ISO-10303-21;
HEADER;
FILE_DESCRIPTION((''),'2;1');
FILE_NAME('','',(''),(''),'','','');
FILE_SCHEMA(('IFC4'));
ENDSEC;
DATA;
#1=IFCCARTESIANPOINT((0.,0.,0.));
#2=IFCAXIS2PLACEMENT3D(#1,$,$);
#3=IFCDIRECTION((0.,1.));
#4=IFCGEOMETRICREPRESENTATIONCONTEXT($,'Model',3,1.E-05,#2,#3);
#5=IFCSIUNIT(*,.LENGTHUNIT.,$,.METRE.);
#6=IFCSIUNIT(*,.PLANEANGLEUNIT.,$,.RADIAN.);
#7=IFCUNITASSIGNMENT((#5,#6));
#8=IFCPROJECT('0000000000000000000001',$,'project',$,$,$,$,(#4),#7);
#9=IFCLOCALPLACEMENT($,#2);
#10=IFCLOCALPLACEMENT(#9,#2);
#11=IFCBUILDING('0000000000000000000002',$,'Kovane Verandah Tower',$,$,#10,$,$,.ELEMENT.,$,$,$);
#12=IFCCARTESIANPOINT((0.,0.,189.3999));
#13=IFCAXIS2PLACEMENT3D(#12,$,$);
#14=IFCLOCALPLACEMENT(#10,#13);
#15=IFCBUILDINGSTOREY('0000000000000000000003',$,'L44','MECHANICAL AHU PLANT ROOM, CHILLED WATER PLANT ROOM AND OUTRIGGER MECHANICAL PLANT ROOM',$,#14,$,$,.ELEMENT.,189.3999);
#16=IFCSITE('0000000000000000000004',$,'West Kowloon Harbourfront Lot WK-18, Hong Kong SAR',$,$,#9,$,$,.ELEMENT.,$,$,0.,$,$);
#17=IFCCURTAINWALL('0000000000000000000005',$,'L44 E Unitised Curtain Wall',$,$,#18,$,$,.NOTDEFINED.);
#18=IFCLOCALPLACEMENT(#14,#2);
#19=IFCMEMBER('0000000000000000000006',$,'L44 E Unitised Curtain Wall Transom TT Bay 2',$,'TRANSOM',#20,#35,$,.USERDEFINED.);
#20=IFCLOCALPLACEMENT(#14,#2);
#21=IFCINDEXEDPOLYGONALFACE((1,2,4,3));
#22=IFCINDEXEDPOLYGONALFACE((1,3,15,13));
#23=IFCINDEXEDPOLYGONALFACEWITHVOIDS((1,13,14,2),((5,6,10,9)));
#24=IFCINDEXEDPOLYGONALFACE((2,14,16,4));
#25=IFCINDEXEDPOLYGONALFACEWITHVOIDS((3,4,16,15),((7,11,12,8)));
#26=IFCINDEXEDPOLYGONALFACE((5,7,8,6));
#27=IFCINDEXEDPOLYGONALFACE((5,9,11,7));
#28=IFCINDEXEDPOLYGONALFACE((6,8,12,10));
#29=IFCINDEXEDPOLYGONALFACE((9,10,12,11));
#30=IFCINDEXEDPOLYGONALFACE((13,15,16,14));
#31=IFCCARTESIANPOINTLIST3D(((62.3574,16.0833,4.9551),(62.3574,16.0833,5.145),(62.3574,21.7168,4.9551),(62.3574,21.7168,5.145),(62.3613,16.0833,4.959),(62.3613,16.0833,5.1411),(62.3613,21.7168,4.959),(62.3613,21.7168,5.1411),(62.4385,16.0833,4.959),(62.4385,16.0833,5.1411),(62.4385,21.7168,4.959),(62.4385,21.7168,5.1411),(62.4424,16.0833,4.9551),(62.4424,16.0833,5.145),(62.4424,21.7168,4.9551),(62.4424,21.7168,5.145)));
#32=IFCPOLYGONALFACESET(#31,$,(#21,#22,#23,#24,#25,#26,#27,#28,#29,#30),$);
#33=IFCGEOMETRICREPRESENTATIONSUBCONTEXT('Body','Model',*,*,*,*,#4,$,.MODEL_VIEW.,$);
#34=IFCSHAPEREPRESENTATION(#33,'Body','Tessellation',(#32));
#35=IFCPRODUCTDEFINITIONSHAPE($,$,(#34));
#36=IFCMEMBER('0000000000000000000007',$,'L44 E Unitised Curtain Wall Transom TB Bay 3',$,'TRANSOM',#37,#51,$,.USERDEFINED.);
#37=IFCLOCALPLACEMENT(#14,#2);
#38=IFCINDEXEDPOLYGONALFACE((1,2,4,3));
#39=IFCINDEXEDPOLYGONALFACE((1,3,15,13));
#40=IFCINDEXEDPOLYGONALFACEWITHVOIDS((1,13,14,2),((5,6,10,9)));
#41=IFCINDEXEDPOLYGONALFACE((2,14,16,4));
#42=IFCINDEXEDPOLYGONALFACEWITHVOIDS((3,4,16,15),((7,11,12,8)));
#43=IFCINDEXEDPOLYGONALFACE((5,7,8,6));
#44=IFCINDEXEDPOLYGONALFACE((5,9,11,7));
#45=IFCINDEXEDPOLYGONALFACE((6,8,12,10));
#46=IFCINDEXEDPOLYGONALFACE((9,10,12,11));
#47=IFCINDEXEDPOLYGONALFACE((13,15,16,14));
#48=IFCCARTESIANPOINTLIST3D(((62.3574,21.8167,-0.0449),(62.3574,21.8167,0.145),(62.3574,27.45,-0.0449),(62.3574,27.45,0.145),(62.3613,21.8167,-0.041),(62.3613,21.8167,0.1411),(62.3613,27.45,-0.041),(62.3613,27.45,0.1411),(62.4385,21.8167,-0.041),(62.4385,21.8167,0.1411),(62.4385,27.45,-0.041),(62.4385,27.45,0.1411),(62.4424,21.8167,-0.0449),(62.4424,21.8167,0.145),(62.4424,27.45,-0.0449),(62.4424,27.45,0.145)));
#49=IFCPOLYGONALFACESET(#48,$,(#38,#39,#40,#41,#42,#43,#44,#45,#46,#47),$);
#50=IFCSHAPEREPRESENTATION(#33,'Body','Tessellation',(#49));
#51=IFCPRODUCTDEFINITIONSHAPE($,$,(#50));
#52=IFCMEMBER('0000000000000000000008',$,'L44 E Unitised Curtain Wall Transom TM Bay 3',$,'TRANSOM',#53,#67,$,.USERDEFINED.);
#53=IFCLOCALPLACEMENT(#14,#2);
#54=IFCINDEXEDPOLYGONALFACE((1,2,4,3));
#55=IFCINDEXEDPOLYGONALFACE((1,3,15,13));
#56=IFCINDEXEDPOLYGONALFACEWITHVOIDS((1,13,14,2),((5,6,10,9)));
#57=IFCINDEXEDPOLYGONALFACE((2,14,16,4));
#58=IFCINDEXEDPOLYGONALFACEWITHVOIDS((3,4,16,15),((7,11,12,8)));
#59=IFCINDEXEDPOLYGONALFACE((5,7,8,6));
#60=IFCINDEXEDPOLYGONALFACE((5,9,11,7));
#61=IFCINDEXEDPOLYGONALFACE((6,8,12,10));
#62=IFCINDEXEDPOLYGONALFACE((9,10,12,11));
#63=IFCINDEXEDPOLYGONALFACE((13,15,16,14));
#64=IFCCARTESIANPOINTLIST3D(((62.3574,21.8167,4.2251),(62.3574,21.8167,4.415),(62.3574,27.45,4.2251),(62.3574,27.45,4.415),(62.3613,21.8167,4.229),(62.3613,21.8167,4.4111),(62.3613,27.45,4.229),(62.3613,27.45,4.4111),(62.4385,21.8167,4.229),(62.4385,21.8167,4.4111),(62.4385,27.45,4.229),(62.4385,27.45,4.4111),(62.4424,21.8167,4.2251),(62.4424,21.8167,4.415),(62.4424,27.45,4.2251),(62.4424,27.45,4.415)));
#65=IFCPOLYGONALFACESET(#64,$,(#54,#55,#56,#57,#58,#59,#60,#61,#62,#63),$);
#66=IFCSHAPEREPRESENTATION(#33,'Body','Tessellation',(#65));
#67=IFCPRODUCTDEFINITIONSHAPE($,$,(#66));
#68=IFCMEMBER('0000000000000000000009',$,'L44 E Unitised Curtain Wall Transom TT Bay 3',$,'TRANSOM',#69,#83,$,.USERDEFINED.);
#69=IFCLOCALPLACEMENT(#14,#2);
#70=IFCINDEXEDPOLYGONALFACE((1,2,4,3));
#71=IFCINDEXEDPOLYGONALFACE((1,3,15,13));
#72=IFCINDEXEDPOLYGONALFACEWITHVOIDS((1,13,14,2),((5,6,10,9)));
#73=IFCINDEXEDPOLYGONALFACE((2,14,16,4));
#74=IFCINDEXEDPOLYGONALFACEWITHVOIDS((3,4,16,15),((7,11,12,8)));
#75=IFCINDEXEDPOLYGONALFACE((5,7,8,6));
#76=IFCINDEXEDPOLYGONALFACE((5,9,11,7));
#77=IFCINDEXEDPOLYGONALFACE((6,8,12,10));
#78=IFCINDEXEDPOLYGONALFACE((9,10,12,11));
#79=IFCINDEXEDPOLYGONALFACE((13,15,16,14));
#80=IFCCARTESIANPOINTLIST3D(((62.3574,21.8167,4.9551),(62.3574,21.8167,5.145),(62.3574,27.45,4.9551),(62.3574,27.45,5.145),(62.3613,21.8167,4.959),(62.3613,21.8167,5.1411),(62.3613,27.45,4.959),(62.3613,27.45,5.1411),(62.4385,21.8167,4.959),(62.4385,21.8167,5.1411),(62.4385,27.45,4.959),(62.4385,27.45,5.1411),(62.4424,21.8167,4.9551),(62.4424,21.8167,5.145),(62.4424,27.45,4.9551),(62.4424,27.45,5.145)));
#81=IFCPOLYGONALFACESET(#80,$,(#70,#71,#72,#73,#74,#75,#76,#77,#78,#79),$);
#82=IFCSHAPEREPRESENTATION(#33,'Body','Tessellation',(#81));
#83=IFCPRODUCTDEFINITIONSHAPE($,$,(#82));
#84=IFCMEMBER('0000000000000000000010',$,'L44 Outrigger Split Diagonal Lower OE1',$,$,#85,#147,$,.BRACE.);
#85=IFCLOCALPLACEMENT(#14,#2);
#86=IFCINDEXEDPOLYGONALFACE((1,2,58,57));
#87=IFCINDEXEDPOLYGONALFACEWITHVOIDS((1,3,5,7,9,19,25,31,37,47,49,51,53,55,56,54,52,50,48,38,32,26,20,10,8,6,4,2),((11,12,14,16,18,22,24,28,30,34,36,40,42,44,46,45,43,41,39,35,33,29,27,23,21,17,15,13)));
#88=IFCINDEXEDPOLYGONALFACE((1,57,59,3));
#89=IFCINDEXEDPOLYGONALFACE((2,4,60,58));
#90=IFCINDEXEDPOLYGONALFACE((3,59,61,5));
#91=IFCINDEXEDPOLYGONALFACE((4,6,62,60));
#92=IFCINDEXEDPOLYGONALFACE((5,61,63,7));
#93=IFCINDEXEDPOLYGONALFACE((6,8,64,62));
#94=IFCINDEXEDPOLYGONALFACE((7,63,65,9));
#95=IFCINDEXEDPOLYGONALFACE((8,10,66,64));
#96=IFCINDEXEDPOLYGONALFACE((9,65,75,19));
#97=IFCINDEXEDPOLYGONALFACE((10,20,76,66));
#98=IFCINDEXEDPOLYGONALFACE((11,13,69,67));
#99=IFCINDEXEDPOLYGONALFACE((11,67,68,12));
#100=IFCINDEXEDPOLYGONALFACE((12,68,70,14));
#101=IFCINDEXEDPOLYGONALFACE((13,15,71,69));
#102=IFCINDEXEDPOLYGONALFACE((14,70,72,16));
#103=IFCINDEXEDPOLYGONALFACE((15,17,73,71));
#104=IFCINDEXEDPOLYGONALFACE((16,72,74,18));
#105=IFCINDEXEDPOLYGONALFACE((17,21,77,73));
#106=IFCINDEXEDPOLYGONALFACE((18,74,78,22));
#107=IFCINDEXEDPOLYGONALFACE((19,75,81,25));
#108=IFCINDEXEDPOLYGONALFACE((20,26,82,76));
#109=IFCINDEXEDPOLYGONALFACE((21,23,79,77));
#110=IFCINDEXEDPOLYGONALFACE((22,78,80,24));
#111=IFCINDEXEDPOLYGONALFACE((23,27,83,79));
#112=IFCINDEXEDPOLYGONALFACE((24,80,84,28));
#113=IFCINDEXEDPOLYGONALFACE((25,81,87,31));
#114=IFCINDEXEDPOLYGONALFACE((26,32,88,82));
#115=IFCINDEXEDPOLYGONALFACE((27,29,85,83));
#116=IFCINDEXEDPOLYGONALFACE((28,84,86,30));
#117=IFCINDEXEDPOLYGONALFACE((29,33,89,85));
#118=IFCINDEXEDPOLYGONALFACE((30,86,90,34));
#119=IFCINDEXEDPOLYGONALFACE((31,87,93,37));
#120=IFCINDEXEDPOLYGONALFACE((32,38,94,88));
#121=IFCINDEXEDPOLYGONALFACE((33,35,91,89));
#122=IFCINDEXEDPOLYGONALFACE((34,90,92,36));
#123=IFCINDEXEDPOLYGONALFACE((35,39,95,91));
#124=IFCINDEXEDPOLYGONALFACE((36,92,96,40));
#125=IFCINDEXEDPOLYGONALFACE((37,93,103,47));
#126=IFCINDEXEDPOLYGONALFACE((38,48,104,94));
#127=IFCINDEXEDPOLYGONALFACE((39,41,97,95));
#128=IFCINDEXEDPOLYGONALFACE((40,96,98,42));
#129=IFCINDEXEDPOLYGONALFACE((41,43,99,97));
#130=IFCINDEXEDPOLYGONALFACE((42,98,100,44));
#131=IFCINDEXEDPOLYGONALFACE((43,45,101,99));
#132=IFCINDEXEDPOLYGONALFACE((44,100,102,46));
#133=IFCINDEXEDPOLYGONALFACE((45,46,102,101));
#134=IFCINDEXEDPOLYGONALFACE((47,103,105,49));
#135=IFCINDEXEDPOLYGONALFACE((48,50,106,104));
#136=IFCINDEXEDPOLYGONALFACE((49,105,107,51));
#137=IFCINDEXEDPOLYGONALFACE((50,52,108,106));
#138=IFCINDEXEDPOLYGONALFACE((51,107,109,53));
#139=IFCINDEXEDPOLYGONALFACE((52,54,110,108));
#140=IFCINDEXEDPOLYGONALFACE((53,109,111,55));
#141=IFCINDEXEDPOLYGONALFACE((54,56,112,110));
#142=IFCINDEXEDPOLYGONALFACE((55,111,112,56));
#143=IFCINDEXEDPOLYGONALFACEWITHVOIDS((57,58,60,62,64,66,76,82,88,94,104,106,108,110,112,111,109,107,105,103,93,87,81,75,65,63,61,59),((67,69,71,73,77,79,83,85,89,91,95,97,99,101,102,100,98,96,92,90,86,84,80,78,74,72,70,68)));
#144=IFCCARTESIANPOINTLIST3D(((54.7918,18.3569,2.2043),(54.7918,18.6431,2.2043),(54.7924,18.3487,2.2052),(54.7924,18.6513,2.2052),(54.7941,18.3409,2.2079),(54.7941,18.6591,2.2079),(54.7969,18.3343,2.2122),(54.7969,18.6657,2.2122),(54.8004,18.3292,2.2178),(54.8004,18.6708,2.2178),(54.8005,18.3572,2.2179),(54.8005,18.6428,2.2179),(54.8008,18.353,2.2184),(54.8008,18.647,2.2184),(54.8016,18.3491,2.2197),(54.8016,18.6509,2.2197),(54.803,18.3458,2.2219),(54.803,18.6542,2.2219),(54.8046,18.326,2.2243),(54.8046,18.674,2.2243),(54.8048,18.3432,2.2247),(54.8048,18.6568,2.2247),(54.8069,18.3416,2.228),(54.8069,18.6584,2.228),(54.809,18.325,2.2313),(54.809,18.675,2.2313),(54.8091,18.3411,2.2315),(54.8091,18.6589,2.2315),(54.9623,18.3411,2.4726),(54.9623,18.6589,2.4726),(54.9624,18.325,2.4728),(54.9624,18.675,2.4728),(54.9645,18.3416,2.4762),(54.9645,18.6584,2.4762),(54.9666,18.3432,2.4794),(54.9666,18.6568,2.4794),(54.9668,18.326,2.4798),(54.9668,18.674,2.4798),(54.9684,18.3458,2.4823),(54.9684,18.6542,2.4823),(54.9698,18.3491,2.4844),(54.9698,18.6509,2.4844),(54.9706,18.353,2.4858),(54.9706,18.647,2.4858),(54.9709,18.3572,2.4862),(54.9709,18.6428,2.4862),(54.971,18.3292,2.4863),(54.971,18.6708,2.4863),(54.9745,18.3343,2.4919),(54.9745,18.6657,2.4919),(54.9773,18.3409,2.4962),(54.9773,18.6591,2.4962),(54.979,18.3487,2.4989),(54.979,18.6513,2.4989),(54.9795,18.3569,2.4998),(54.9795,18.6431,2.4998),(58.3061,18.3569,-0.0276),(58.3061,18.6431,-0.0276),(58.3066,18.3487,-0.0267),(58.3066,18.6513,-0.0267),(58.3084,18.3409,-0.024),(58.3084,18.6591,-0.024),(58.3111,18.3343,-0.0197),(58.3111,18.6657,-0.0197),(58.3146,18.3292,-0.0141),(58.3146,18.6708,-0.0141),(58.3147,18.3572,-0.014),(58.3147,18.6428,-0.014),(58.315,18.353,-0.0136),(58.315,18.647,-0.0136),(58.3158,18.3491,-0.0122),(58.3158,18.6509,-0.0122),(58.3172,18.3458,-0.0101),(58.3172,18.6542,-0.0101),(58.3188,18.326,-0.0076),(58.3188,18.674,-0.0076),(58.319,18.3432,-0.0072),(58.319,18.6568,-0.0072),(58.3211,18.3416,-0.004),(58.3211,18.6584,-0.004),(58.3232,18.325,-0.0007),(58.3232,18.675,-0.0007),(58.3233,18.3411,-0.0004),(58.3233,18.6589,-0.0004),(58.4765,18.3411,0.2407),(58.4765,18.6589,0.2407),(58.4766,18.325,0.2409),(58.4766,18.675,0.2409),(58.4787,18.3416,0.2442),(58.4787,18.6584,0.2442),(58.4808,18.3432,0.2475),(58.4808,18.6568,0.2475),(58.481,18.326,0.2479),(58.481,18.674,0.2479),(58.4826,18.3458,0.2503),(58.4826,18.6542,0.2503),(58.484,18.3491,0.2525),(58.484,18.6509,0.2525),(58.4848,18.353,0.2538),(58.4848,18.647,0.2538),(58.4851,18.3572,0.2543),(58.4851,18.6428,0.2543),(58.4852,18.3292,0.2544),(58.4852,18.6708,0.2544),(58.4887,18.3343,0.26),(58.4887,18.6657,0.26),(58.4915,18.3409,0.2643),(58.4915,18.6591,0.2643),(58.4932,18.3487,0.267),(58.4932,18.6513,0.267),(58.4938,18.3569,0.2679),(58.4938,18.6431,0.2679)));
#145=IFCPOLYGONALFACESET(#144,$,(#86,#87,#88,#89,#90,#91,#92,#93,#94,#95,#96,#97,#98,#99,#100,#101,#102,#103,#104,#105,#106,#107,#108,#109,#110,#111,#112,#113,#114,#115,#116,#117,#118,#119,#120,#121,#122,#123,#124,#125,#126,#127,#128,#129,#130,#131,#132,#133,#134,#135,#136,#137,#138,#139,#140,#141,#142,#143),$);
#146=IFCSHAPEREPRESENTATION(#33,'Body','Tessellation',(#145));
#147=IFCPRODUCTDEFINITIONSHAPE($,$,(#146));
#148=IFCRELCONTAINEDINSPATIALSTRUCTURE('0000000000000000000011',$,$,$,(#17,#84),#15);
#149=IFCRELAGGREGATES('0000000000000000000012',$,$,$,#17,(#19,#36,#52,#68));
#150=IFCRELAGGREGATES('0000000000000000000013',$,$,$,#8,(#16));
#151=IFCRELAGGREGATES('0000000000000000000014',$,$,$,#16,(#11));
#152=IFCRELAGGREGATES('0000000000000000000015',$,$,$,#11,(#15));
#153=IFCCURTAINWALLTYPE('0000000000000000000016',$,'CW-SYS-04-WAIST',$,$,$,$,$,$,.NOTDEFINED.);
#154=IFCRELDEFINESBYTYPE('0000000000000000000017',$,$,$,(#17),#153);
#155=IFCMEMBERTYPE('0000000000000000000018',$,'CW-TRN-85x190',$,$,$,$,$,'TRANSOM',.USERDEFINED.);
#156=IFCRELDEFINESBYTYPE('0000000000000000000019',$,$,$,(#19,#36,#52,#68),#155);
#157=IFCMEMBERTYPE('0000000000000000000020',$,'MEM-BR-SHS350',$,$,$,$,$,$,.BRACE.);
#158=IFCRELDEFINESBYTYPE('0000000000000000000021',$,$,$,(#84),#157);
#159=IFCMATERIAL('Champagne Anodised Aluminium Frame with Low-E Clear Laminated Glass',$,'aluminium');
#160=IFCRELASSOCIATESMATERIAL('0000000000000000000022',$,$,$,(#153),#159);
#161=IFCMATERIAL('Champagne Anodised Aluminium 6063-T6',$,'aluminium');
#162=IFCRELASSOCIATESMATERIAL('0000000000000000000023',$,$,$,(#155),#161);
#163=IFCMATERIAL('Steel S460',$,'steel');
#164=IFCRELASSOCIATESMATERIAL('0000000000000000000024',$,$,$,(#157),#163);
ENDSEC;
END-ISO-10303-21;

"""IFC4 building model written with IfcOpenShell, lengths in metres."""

from ifc_helpers import new_model, si_unit, direction, frame, origin, origin_2d, place, context, subcontext, project, spatial, hollow_rectangle, extrude, material, material_profile, profile_set, type_object, element, aggregate, save


model = new_model("IFC4")

# Units and contexts
model_context = context("Model", 3, precision=1e-05, world=origin(), true_north=direction((0.0, 1.0)))
body_context = subcontext(model_context, "Body", "Model", "MODEL_VIEW")
ifc_project = project(units=[si_unit("LENGTHUNIT", "METRE"), si_unit("PLANEANGLEUNIT", "RADIAN")], contexts=[model_context])

# Site, building, storey
site_placement = place(None, origin())
site = spatial("IfcSite", under=ifc_project, at=site_placement, Name="West Kowloon Harbourfront Lot WK-18, Hong Kong SAR", CompositionType="ELEMENT", RefElevation=0.0)
building_placement = place(site_placement, origin())
building = spatial("IfcBuilding", under=site, at=building_placement, Name="Kovane Verandah Tower", CompositionType="ELEMENT")
storey_placement = place(building_placement, frame((0.0, 0.0, 189.3999)))
storey = spatial("IfcBuildingStorey", under=building, at=storey_placement, Name="L44", Description="MECHANICAL AHU PLANT ROOM, CHILLED WATER PLANT ROOM AND OUTRIGGER MECHANICAL PLANT ROOM", CompositionType="ELEMENT", Elevation=189.3999)

# Shared definitions
ifc_material_1 = material(Name="Steel S460", Category="steel")

# Curtain wall, members
ifc_material_2 = material(Name="Champagne Anodised Aluminium Frame with Low-E Clear Laminated Glass", Category="aluminium")
curtain_wall_type = type_object("IfcCurtainWallType", Name="CW-SYS-04-WAIST", PredefinedType="NOTDEFINED", material=ifc_material_2)
curtain_wall_placement = place(storey_placement, origin())
curtain_wall = element("IfcCurtainWall", 1, at=curtain_wall_placement, inside=storey, type_object=curtain_wall_type, Name="L44 E Unitised Curtain Wall", PredefinedType="NOTDEFINED")
ifc_material_3 = material(Name="Champagne Anodised Aluminium 6063-T6", Category="aluminium")
ifc_material_profile_1 = material_profile(ifc_material_3, hollow_rectangle(XDim=0.085, YDim=0.1899, WallThickness=0.0039, at=origin_2d()), Name="AL85x190x4")
ifc_profile_set_1 = profile_set([ifc_material_profile_1], Name="Champagne Anodised Aluminium 6063-T6")
member_type_1 = type_object("IfcMemberType", Name="CW-TRN-85x190", ElementType="TRANSOM", PredefinedType="USERDEFINED", material=ifc_profile_set_1)
member_1_placement = place(storey_placement, frame((62.3999, 16.0833, 5.05), z_axis=(0.0, 1.0, 0.0), x_axis=(-1.0, 0.0, 0.0)))
member_1 = element("IfcMember", 2, at=member_1_placement, type_object=member_type_1, Name="L44 E Unitised Curtain Wall Transom TT Bay 2", ObjectType="TRANSOM", PredefinedType="USERDEFINED", context=body_context, shape_type="SweptSolid", body=[
    extrude(hollow_rectangle(XDim=0.085, YDim=0.1899, WallThickness=0.0039, at=origin_2d()), origin(), (0.0, 0.0, 1.0), 5.6335),
])
member_2_placement = place(storey_placement, frame((62.3999, 21.8167, 0.05), z_axis=(0.0, 1.0, 0.0), x_axis=(-1.0, 0.0, 0.0)))
member_2 = element("IfcMember", 3, at=member_2_placement, type_object=member_type_1, Name="L44 E Unitised Curtain Wall Transom TB Bay 3", ObjectType="TRANSOM", PredefinedType="USERDEFINED", context=body_context, shape_type="SweptSolid", body=[
    extrude(hollow_rectangle(XDim=0.085, YDim=0.1899, WallThickness=0.0039, at=origin_2d()), origin(), (0.0, 0.0, 1.0), 5.6333),
])
member_3_placement = place(storey_placement, frame((62.3999, 21.8167, 4.3201), z_axis=(0.0, 1.0, 0.0), x_axis=(-1.0, 0.0, 0.0)))
member_3 = element("IfcMember", 4, at=member_3_placement, type_object=member_type_1, Name="L44 E Unitised Curtain Wall Transom TM Bay 3", ObjectType="TRANSOM", PredefinedType="USERDEFINED", context=body_context, shape_type="SweptSolid", body=[
    extrude(hollow_rectangle(XDim=0.085, YDim=0.1899, WallThickness=0.0039, at=origin_2d()), origin(), (0.0, 0.0, 1.0), 5.6333),
])
member_4_placement = place(storey_placement, frame((62.3999, 21.8167, 5.05), z_axis=(0.0, 1.0, 0.0), x_axis=(-1.0, 0.0, 0.0)))
member_4 = element("IfcMember", 5, at=member_4_placement, type_object=member_type_1, Name="L44 E Unitised Curtain Wall Transom TT Bay 3", ObjectType="TRANSOM", PredefinedType="USERDEFINED", context=body_context, shape_type="SweptSolid", body=[
    extrude(hollow_rectangle(XDim=0.085, YDim=0.1899, WallThickness=0.0039, at=origin_2d()), origin(), (0.0, 0.0, 1.0), 5.6333),
])

# Member
ifc_material_profile_2 = material_profile(ifc_material_1, hollow_rectangle(XDim=0.3501, YDim=0.3501, WallThickness=0.0161, InnerFilletRadius=0.0161, OuterFilletRadius=0.032, at=origin_2d()), Name="SHS350x350x16")
ifc_profile_set_2 = profile_set([ifc_material_profile_2], Name="Steel S460")
member_type_2 = type_object("IfcMemberType", Name="MEM-BR-SHS350", PredefinedType="BRACE", material=ifc_profile_set_2)
member_5_placement = place(storey_placement, frame((58.3999, 18.5, 0.1201), z_axis=(-0.844134, 0.0, 0.536132), x_axis=(0.0, -1.0, 0.0)))
element("IfcMember", 6, at=member_5_placement, inside=storey, type_object=member_type_2, Name="L44 Outrigger Split Diagonal Lower OE1", PredefinedType="BRACE", context=body_context, shape_type="SweptSolid", body=[
    extrude(hollow_rectangle(XDim=0.3501, YDim=0.3501, WallThickness=0.0161, InnerFilletRadius=0.0161, OuterFilletRadius=0.032, at=origin_2d()), origin(), (0.0, 0.0, 1.0), 4.1631),
])

aggregate(curtain_wall, [member_1, member_2, member_3, member_4])

save(model, "model.ifc")
